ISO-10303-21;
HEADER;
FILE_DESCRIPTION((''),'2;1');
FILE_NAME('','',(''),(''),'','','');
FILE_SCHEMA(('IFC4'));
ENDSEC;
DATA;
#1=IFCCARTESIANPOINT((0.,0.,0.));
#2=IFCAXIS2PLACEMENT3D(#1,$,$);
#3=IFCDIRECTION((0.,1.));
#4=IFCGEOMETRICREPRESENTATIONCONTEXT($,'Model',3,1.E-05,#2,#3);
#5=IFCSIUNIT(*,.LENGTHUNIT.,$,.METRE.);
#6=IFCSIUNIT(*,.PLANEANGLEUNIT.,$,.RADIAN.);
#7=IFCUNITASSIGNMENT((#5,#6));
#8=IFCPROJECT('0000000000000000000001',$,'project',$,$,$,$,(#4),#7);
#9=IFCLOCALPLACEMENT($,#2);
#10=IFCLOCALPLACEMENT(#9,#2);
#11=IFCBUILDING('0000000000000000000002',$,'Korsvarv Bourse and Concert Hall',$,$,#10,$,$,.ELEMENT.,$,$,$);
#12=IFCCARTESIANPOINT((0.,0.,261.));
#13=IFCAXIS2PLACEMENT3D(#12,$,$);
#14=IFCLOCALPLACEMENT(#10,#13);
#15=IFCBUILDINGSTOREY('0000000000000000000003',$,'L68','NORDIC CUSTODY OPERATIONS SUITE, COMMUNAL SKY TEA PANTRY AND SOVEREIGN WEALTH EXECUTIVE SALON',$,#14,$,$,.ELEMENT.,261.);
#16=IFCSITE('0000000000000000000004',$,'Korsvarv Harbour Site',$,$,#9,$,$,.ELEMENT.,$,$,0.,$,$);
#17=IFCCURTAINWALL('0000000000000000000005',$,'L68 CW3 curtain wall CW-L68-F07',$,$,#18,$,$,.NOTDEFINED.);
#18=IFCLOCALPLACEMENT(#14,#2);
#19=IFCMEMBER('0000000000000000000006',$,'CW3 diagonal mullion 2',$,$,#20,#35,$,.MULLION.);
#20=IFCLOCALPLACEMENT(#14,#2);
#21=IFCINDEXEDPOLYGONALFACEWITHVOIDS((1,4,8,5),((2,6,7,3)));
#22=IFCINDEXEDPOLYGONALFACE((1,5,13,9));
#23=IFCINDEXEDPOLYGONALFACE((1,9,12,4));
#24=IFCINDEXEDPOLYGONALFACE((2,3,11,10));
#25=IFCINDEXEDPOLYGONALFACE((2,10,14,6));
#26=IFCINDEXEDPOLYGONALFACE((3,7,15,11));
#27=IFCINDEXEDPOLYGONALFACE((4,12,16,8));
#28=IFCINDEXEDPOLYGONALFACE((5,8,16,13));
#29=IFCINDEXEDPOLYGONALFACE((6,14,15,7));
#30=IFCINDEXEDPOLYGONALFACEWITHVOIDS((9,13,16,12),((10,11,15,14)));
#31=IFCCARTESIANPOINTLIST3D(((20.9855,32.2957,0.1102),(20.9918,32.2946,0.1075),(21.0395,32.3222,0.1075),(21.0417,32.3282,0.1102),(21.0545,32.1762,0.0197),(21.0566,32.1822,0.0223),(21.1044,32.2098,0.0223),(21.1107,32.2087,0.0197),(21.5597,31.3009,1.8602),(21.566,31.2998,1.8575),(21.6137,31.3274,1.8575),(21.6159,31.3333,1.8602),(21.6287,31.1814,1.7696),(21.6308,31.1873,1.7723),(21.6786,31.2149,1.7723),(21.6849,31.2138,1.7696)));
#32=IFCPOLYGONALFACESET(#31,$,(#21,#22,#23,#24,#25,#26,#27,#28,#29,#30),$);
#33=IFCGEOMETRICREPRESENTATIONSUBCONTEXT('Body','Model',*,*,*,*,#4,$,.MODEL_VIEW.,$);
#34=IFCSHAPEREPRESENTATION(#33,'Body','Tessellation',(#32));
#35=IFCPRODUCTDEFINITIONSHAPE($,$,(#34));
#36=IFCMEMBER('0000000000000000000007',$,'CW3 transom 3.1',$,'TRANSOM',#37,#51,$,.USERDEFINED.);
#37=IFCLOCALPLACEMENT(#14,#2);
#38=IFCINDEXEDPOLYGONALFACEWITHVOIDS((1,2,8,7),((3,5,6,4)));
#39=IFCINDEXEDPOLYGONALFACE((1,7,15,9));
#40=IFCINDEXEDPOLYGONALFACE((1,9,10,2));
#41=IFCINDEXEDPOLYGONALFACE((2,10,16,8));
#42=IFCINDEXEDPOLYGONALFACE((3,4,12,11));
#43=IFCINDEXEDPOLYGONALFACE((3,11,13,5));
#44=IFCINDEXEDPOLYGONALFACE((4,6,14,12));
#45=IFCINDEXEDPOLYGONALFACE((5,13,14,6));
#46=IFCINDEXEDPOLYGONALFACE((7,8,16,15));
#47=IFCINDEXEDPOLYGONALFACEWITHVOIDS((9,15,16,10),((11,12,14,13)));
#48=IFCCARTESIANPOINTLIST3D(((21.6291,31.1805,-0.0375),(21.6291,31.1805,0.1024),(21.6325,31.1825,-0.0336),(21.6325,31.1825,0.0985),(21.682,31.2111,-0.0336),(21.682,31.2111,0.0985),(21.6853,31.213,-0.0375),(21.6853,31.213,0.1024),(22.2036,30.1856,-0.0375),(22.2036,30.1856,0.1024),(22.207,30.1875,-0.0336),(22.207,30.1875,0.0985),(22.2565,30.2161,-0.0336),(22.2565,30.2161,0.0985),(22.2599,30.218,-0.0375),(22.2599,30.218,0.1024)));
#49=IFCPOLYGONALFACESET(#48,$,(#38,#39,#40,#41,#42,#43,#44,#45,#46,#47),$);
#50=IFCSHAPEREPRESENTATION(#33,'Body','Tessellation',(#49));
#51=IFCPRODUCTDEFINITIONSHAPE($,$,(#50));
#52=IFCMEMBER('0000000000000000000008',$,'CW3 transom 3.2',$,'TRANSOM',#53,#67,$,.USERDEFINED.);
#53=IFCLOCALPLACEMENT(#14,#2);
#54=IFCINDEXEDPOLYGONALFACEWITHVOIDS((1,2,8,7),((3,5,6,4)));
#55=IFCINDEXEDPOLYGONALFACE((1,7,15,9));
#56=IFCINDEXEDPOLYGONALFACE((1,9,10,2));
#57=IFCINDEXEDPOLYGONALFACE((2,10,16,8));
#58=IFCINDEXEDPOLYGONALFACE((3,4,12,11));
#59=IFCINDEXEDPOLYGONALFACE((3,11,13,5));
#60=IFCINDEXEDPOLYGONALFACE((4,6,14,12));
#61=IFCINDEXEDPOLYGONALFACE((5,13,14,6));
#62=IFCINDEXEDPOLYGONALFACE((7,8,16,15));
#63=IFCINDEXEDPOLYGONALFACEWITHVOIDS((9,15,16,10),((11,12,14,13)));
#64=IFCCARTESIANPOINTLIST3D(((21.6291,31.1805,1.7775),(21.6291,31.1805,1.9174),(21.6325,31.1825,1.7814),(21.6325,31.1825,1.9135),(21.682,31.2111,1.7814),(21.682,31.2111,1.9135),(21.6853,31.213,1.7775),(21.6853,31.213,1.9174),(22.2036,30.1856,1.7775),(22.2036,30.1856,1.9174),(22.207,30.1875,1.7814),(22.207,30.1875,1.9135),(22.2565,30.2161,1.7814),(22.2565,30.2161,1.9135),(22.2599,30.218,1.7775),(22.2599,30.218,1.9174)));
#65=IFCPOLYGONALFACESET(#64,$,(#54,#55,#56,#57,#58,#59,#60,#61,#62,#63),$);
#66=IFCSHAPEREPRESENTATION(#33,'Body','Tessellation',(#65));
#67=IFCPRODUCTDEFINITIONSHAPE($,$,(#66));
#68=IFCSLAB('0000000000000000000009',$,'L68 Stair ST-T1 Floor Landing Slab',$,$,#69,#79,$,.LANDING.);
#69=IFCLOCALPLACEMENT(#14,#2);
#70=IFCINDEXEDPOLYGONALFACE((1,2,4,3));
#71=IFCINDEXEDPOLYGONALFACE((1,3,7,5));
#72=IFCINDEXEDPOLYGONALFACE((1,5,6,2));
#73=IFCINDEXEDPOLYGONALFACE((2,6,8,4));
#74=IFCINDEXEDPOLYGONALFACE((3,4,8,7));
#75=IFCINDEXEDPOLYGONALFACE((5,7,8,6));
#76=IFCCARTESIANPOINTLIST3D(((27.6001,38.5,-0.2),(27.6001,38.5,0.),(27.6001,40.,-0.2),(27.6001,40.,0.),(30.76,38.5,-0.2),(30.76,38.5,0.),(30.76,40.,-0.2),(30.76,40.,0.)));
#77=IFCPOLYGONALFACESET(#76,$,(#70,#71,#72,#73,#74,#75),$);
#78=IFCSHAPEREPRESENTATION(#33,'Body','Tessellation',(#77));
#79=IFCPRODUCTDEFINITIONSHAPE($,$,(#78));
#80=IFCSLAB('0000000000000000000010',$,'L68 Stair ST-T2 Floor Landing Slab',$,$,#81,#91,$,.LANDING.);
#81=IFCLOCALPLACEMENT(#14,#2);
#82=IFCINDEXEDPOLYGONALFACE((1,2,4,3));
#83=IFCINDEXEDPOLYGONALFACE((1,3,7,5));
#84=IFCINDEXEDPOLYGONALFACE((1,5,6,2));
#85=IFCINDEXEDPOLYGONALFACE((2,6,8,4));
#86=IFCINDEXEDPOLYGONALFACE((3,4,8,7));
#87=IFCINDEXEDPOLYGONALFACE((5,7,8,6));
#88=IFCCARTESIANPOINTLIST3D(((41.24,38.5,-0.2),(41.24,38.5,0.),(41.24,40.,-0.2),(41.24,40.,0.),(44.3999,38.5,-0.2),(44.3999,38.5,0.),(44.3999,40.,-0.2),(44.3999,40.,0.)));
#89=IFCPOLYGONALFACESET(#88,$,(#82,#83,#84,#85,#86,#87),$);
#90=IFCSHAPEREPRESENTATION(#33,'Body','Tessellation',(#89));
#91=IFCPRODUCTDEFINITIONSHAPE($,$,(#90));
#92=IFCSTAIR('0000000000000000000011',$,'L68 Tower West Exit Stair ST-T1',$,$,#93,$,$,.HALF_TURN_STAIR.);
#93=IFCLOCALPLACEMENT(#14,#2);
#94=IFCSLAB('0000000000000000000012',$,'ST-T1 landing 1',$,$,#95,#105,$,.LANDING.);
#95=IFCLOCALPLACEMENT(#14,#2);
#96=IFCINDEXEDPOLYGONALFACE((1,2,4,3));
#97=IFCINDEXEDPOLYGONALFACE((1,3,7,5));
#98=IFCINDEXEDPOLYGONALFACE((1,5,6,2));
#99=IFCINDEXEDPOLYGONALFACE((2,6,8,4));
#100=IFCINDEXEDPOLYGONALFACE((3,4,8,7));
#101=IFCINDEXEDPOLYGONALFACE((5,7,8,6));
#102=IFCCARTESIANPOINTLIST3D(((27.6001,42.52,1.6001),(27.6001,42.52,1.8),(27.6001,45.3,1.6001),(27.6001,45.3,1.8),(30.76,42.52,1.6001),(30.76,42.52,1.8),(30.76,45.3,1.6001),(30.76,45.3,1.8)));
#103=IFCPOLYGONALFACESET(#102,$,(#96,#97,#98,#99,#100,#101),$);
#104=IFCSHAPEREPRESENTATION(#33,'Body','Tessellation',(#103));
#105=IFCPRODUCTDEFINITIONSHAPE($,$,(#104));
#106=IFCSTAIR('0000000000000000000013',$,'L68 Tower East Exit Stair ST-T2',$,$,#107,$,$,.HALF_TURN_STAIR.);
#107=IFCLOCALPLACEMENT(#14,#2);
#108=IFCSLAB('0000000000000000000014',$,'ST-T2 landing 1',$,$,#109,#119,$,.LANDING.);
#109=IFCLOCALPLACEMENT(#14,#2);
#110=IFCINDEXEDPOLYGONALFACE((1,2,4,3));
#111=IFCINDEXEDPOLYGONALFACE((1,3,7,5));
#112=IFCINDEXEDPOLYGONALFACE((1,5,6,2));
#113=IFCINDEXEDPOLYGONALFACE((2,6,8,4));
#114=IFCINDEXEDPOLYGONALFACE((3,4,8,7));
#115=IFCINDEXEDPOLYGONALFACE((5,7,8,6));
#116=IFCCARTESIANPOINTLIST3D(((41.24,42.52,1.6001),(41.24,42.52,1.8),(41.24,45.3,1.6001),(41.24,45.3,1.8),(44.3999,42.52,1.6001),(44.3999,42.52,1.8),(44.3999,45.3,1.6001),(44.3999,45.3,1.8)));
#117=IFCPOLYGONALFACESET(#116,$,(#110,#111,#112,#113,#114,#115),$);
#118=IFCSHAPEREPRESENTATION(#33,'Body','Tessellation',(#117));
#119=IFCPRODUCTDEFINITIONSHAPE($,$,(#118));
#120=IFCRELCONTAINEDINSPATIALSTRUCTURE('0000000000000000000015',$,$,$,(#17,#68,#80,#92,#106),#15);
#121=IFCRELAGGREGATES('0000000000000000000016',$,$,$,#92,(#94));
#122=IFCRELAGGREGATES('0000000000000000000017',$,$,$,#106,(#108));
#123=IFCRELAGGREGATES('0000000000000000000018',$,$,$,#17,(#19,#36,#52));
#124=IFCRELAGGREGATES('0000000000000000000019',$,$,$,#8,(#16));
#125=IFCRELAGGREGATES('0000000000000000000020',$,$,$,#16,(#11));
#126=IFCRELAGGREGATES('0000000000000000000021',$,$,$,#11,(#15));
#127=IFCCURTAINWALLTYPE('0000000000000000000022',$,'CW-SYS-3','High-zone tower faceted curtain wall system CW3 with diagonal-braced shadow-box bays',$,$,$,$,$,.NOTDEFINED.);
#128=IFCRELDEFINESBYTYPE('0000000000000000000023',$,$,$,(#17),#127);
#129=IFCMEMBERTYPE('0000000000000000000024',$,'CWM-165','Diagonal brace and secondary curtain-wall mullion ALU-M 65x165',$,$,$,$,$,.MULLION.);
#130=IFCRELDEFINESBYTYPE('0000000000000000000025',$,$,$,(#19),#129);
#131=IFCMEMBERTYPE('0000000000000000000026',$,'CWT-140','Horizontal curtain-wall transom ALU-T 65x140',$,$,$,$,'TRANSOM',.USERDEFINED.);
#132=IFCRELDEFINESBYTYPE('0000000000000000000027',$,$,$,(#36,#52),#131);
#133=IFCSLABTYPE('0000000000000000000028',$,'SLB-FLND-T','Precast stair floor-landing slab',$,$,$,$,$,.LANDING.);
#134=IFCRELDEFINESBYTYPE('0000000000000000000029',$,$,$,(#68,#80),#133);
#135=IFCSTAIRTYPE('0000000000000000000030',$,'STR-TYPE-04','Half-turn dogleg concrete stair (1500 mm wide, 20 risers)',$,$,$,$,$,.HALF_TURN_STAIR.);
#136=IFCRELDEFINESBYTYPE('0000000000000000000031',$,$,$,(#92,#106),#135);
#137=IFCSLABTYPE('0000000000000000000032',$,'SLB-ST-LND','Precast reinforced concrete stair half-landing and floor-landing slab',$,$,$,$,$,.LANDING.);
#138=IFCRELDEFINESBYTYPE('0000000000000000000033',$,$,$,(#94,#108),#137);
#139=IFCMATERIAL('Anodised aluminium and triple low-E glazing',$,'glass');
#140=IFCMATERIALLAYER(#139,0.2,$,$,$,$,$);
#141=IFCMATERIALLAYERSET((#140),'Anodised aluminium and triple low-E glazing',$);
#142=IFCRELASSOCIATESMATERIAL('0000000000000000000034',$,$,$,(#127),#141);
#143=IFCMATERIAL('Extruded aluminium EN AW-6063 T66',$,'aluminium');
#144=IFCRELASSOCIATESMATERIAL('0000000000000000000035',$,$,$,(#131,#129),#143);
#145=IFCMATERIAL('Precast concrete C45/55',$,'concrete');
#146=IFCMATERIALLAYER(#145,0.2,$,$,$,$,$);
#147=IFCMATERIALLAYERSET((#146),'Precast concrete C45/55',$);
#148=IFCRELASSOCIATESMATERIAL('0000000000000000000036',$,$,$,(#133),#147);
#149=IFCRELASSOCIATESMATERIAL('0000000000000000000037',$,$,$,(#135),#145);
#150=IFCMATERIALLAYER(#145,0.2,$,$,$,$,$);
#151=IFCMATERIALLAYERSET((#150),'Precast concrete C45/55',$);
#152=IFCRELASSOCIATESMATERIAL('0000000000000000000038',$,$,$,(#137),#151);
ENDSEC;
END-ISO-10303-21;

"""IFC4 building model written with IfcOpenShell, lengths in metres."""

from ifc_helpers import new_model, si_unit, direction, frame, origin, origin_2d, place, context, subcontext, project, spatial, polyline, hollow_rectangle, outline, extrude, source, transform, mapped, material, layer, layer_set, material_profile, profile_set, type_object, element, aggregate, save


model = new_model("IFC4")

# Units and contexts
model_context = context("Model", 3, precision=1e-05, world=origin(), true_north=direction((0.0, 1.0)))
body_context = subcontext(model_context, "Body", "Model", "MODEL_VIEW")
ifc_project = project(units=[si_unit("LENGTHUNIT", "METRE"), si_unit("PLANEANGLEUNIT", "RADIAN")], contexts=[model_context])

# Site, building, storey
site_placement = place(None, origin())
site = spatial("IfcSite", under=ifc_project, at=site_placement, Name="Korsvarv Harbour Site", CompositionType="ELEMENT", RefElevation=0.0)
building_placement = place(site_placement, origin())
building = spatial("IfcBuilding", under=site, at=building_placement, Name="Korsvarv Bourse and Concert Hall", CompositionType="ELEMENT")
storey_placement = place(building_placement, frame((0.0, 0.0, 261.0)))
storey = spatial("IfcBuildingStorey", under=building, at=storey_placement, Name="L68", Description="NORDIC CUSTODY OPERATIONS SUITE, COMMUNAL SKY TEA PANTRY AND SOVEREIGN WEALTH EXECUTIVE SALON", CompositionType="ELEMENT", Elevation=261.0)

# Curtain wall, members
ifc_material_1 = material(Name="Anodised aluminium and triple low-E glazing", Category="glass")
ifc_layer_1 = layer(ifc_material_1, 0.2)
ifc_layer_set_1 = layer_set([ifc_layer_1], Name="Anodised aluminium and triple low-E glazing")
curtain_wall_type = type_object("IfcCurtainWallType", Name="CW-SYS-3", Description="High-zone tower faceted curtain wall system CW3 with diagonal-braced shadow-box bays", PredefinedType="NOTDEFINED", material=ifc_layer_set_1)
curtain_wall_placement = place(storey_placement, origin())
curtain_wall = element("IfcCurtainWall", 1, at=curtain_wall_placement, inside=storey, type_object=curtain_wall_type, Name="L68 CW3 curtain wall CW-L68-F07", PredefinedType="NOTDEFINED")
ifc_material_2 = material(Name="Extruded aluminium EN AW-6063 T66", Category="aluminium")
ifc_material_profile_1 = material_profile(ifc_material_2, hollow_rectangle(XDim=0.0649, YDim=0.1399, WallThickness=0.0039, at=origin_2d()), Name="ALU-T 65x140")
ifc_profile_set_1 = profile_set([ifc_material_profile_1], Name="Extruded aluminium EN AW-6063 T66")
member_type_1 = type_object("IfcMemberType", Name="CWT-140", Description="Horizontal curtain-wall transom ALU-T 65x140", ElementType="TRANSOM", PredefinedType="USERDEFINED", material=ifc_profile_set_1)
ifc_material_profile_2 = material_profile(ifc_material_2, hollow_rectangle(XDim=0.0649, YDim=0.165, WallThickness=0.0049, at=origin_2d()), Name="ALU-M 65x165")
ifc_profile_set_2 = profile_set([ifc_material_profile_2], Name="Extruded aluminium EN AW-6063 T66")
member_type_2 = type_object("IfcMemberType", Name="CWM-165", Description="Diagonal brace and secondary curtain-wall mullion ALU-M 65x165", PredefinedType="MULLION", material=ifc_profile_set_2)
shared_shape_1 = source(origin(), body_context, "Body", "SweptSolid", [
    extrude(hollow_rectangle(XDim=0.0649, YDim=0.165, WallThickness=0.0049, at=origin_2d()), origin(), (0.0, 0.0, 1.0), 2.0933),
])
member_1_placement = place(storey_placement, frame((21.0481, 32.2522, 0.0649), z_axis=(0.27431, -0.47526, 0.835992), x_axis=(0.86609, 0.499888, 0.0)))
member_1 = element("IfcMember", 2, at=member_1_placement, type_object=member_type_2, Name="CW3 diagonal mullion 2", PredefinedType="MULLION", context=body_context, shape_type="MappedRepresentation", body=[
    mapped(shared_shape_1, transform((0.0, 0.0, 0.0), scale=1.0)),
])
shared_shape_2 = source(origin(), body_context, "Body", "SweptSolid", [
    extrude(hollow_rectangle(XDim=0.0649, YDim=0.1399, WallThickness=0.0039, at=origin_2d()), origin(), (0.0, 0.0, 1.0), 1.1489),
])
member_2_placement = place(storey_placement, frame((21.6572, 31.1968, 0.0325), z_axis=(0.500047, -0.865998, 0.0), x_axis=(0.865998, 0.500047, 0.0)))
member_2 = element("IfcMember", 3, at=member_2_placement, type_object=member_type_1, Name="CW3 transom 3.1", ObjectType="TRANSOM", PredefinedType="USERDEFINED", context=body_context, shape_type="MappedRepresentation", body=[
    mapped(shared_shape_2, transform((0.0, 0.0, 0.0), scale=1.0)),
])
member_3_placement = place(storey_placement, frame((21.6572, 31.1968, 1.8474), z_axis=(0.500047, -0.865998, 0.0), x_axis=(0.865998, 0.500047, 0.0)))
member_3 = element("IfcMember", 4, at=member_3_placement, type_object=member_type_1, Name="CW3 transom 3.2", ObjectType="TRANSOM", PredefinedType="USERDEFINED", context=body_context, shape_type="MappedRepresentation", body=[
    mapped(shared_shape_2, transform((0.0, 0.0, 0.0), scale=1.0)),
])

# Slabs
ifc_material_3 = material(Name="Precast concrete C45/55", Category="concrete")
ifc_layer_2 = layer(ifc_material_3, 0.2)
ifc_layer_set_2 = layer_set([ifc_layer_2], Name="Precast concrete C45/55")
slab_type_1 = type_object("IfcSlabType", Name="SLB-FLND-T", Description="Precast stair floor-landing slab", PredefinedType="LANDING", material=ifc_layer_set_2)
slab_1_placement = place(storey_placement, frame((0.0, 0.0, -0.2)))
element("IfcSlab", 5, at=slab_1_placement, inside=storey, type_object=slab_type_1, Name="L68 Stair ST-T1 Floor Landing Slab", PredefinedType="LANDING", context=body_context, shape_type="SweptSolid", body=[
    extrude(outline(polyline([(30.76, 38.5), (30.76, 40.0), (27.6001, 40.0), (27.6001, 38.5), (30.76, 38.5)])), origin(), (0.0, 0.0, 1.0), 0.2),
])
slab_2_placement = place(storey_placement, frame((0.0, 0.0, -0.2)))
element("IfcSlab", 6, at=slab_2_placement, inside=storey, type_object=slab_type_1, Name="L68 Stair ST-T2 Floor Landing Slab", PredefinedType="LANDING", context=body_context, shape_type="SweptSolid", body=[
    extrude(outline(polyline([(44.3999, 38.5), (44.3999, 40.0), (41.24, 40.0), (41.24, 38.5), (44.3999, 38.5)])), origin(), (0.0, 0.0, 1.0), 0.2),
])

# Stairs, slabs
stair_type = type_object("IfcStairType", Name="STR-TYPE-04", Description="Half-turn dogleg concrete stair (1500 mm wide, 20 risers)", PredefinedType="HALF_TURN_STAIR", material=ifc_material_3)
stair_1_placement = place(storey_placement, origin())
stair_1 = element("IfcStair", 7, at=stair_1_placement, inside=storey, type_object=stair_type, Name="L68 Tower West Exit Stair ST-T1", PredefinedType="HALF_TURN_STAIR")
ifc_layer_3 = layer(ifc_material_3, 0.2)
ifc_layer_set_3 = layer_set([ifc_layer_3], Name="Precast concrete C45/55")
slab_type_2 = type_object("IfcSlabType", Name="SLB-ST-LND", Description="Precast reinforced concrete stair half-landing and floor-landing slab", PredefinedType="LANDING", material=ifc_layer_set_3)
slab_3_placement = place(storey_placement, frame((0.0, 0.0, 1.6001)))
slab_3 = element("IfcSlab", 8, at=slab_3_placement, type_object=slab_type_2, Name="ST-T1 landing 1", PredefinedType="LANDING", context=body_context, shape_type="SweptSolid", body=[
    extrude(outline(polyline([(30.76, 42.52), (30.76, 45.3), (27.6001, 45.3), (27.6001, 42.52), (30.76, 42.52)])), origin(), (0.0, 0.0, 1.0), 0.2),
])
aggregate(stair_1, [slab_3])
stair_2_placement = place(storey_placement, origin())
stair_2 = element("IfcStair", 9, at=stair_2_placement, inside=storey, type_object=stair_type, Name="L68 Tower East Exit Stair ST-T2", PredefinedType="HALF_TURN_STAIR")
slab_4_placement = place(storey_placement, frame((0.0, 0.0, 1.6001)))
slab_4 = element("IfcSlab", 10, at=slab_4_placement, type_object=slab_type_2, Name="ST-T2 landing 1", PredefinedType="LANDING", context=body_context, shape_type="SweptSolid", body=[
    extrude(outline(polyline([(44.3999, 42.52), (44.3999, 45.3), (41.24, 45.3), (41.24, 42.52), (44.3999, 42.52)])), origin(), (0.0, 0.0, 1.0), 0.2),
])
aggregate(stair_2, [slab_4])

aggregate(curtain_wall, [member_1, member_2, member_3])

save(model, "model.ifc")
